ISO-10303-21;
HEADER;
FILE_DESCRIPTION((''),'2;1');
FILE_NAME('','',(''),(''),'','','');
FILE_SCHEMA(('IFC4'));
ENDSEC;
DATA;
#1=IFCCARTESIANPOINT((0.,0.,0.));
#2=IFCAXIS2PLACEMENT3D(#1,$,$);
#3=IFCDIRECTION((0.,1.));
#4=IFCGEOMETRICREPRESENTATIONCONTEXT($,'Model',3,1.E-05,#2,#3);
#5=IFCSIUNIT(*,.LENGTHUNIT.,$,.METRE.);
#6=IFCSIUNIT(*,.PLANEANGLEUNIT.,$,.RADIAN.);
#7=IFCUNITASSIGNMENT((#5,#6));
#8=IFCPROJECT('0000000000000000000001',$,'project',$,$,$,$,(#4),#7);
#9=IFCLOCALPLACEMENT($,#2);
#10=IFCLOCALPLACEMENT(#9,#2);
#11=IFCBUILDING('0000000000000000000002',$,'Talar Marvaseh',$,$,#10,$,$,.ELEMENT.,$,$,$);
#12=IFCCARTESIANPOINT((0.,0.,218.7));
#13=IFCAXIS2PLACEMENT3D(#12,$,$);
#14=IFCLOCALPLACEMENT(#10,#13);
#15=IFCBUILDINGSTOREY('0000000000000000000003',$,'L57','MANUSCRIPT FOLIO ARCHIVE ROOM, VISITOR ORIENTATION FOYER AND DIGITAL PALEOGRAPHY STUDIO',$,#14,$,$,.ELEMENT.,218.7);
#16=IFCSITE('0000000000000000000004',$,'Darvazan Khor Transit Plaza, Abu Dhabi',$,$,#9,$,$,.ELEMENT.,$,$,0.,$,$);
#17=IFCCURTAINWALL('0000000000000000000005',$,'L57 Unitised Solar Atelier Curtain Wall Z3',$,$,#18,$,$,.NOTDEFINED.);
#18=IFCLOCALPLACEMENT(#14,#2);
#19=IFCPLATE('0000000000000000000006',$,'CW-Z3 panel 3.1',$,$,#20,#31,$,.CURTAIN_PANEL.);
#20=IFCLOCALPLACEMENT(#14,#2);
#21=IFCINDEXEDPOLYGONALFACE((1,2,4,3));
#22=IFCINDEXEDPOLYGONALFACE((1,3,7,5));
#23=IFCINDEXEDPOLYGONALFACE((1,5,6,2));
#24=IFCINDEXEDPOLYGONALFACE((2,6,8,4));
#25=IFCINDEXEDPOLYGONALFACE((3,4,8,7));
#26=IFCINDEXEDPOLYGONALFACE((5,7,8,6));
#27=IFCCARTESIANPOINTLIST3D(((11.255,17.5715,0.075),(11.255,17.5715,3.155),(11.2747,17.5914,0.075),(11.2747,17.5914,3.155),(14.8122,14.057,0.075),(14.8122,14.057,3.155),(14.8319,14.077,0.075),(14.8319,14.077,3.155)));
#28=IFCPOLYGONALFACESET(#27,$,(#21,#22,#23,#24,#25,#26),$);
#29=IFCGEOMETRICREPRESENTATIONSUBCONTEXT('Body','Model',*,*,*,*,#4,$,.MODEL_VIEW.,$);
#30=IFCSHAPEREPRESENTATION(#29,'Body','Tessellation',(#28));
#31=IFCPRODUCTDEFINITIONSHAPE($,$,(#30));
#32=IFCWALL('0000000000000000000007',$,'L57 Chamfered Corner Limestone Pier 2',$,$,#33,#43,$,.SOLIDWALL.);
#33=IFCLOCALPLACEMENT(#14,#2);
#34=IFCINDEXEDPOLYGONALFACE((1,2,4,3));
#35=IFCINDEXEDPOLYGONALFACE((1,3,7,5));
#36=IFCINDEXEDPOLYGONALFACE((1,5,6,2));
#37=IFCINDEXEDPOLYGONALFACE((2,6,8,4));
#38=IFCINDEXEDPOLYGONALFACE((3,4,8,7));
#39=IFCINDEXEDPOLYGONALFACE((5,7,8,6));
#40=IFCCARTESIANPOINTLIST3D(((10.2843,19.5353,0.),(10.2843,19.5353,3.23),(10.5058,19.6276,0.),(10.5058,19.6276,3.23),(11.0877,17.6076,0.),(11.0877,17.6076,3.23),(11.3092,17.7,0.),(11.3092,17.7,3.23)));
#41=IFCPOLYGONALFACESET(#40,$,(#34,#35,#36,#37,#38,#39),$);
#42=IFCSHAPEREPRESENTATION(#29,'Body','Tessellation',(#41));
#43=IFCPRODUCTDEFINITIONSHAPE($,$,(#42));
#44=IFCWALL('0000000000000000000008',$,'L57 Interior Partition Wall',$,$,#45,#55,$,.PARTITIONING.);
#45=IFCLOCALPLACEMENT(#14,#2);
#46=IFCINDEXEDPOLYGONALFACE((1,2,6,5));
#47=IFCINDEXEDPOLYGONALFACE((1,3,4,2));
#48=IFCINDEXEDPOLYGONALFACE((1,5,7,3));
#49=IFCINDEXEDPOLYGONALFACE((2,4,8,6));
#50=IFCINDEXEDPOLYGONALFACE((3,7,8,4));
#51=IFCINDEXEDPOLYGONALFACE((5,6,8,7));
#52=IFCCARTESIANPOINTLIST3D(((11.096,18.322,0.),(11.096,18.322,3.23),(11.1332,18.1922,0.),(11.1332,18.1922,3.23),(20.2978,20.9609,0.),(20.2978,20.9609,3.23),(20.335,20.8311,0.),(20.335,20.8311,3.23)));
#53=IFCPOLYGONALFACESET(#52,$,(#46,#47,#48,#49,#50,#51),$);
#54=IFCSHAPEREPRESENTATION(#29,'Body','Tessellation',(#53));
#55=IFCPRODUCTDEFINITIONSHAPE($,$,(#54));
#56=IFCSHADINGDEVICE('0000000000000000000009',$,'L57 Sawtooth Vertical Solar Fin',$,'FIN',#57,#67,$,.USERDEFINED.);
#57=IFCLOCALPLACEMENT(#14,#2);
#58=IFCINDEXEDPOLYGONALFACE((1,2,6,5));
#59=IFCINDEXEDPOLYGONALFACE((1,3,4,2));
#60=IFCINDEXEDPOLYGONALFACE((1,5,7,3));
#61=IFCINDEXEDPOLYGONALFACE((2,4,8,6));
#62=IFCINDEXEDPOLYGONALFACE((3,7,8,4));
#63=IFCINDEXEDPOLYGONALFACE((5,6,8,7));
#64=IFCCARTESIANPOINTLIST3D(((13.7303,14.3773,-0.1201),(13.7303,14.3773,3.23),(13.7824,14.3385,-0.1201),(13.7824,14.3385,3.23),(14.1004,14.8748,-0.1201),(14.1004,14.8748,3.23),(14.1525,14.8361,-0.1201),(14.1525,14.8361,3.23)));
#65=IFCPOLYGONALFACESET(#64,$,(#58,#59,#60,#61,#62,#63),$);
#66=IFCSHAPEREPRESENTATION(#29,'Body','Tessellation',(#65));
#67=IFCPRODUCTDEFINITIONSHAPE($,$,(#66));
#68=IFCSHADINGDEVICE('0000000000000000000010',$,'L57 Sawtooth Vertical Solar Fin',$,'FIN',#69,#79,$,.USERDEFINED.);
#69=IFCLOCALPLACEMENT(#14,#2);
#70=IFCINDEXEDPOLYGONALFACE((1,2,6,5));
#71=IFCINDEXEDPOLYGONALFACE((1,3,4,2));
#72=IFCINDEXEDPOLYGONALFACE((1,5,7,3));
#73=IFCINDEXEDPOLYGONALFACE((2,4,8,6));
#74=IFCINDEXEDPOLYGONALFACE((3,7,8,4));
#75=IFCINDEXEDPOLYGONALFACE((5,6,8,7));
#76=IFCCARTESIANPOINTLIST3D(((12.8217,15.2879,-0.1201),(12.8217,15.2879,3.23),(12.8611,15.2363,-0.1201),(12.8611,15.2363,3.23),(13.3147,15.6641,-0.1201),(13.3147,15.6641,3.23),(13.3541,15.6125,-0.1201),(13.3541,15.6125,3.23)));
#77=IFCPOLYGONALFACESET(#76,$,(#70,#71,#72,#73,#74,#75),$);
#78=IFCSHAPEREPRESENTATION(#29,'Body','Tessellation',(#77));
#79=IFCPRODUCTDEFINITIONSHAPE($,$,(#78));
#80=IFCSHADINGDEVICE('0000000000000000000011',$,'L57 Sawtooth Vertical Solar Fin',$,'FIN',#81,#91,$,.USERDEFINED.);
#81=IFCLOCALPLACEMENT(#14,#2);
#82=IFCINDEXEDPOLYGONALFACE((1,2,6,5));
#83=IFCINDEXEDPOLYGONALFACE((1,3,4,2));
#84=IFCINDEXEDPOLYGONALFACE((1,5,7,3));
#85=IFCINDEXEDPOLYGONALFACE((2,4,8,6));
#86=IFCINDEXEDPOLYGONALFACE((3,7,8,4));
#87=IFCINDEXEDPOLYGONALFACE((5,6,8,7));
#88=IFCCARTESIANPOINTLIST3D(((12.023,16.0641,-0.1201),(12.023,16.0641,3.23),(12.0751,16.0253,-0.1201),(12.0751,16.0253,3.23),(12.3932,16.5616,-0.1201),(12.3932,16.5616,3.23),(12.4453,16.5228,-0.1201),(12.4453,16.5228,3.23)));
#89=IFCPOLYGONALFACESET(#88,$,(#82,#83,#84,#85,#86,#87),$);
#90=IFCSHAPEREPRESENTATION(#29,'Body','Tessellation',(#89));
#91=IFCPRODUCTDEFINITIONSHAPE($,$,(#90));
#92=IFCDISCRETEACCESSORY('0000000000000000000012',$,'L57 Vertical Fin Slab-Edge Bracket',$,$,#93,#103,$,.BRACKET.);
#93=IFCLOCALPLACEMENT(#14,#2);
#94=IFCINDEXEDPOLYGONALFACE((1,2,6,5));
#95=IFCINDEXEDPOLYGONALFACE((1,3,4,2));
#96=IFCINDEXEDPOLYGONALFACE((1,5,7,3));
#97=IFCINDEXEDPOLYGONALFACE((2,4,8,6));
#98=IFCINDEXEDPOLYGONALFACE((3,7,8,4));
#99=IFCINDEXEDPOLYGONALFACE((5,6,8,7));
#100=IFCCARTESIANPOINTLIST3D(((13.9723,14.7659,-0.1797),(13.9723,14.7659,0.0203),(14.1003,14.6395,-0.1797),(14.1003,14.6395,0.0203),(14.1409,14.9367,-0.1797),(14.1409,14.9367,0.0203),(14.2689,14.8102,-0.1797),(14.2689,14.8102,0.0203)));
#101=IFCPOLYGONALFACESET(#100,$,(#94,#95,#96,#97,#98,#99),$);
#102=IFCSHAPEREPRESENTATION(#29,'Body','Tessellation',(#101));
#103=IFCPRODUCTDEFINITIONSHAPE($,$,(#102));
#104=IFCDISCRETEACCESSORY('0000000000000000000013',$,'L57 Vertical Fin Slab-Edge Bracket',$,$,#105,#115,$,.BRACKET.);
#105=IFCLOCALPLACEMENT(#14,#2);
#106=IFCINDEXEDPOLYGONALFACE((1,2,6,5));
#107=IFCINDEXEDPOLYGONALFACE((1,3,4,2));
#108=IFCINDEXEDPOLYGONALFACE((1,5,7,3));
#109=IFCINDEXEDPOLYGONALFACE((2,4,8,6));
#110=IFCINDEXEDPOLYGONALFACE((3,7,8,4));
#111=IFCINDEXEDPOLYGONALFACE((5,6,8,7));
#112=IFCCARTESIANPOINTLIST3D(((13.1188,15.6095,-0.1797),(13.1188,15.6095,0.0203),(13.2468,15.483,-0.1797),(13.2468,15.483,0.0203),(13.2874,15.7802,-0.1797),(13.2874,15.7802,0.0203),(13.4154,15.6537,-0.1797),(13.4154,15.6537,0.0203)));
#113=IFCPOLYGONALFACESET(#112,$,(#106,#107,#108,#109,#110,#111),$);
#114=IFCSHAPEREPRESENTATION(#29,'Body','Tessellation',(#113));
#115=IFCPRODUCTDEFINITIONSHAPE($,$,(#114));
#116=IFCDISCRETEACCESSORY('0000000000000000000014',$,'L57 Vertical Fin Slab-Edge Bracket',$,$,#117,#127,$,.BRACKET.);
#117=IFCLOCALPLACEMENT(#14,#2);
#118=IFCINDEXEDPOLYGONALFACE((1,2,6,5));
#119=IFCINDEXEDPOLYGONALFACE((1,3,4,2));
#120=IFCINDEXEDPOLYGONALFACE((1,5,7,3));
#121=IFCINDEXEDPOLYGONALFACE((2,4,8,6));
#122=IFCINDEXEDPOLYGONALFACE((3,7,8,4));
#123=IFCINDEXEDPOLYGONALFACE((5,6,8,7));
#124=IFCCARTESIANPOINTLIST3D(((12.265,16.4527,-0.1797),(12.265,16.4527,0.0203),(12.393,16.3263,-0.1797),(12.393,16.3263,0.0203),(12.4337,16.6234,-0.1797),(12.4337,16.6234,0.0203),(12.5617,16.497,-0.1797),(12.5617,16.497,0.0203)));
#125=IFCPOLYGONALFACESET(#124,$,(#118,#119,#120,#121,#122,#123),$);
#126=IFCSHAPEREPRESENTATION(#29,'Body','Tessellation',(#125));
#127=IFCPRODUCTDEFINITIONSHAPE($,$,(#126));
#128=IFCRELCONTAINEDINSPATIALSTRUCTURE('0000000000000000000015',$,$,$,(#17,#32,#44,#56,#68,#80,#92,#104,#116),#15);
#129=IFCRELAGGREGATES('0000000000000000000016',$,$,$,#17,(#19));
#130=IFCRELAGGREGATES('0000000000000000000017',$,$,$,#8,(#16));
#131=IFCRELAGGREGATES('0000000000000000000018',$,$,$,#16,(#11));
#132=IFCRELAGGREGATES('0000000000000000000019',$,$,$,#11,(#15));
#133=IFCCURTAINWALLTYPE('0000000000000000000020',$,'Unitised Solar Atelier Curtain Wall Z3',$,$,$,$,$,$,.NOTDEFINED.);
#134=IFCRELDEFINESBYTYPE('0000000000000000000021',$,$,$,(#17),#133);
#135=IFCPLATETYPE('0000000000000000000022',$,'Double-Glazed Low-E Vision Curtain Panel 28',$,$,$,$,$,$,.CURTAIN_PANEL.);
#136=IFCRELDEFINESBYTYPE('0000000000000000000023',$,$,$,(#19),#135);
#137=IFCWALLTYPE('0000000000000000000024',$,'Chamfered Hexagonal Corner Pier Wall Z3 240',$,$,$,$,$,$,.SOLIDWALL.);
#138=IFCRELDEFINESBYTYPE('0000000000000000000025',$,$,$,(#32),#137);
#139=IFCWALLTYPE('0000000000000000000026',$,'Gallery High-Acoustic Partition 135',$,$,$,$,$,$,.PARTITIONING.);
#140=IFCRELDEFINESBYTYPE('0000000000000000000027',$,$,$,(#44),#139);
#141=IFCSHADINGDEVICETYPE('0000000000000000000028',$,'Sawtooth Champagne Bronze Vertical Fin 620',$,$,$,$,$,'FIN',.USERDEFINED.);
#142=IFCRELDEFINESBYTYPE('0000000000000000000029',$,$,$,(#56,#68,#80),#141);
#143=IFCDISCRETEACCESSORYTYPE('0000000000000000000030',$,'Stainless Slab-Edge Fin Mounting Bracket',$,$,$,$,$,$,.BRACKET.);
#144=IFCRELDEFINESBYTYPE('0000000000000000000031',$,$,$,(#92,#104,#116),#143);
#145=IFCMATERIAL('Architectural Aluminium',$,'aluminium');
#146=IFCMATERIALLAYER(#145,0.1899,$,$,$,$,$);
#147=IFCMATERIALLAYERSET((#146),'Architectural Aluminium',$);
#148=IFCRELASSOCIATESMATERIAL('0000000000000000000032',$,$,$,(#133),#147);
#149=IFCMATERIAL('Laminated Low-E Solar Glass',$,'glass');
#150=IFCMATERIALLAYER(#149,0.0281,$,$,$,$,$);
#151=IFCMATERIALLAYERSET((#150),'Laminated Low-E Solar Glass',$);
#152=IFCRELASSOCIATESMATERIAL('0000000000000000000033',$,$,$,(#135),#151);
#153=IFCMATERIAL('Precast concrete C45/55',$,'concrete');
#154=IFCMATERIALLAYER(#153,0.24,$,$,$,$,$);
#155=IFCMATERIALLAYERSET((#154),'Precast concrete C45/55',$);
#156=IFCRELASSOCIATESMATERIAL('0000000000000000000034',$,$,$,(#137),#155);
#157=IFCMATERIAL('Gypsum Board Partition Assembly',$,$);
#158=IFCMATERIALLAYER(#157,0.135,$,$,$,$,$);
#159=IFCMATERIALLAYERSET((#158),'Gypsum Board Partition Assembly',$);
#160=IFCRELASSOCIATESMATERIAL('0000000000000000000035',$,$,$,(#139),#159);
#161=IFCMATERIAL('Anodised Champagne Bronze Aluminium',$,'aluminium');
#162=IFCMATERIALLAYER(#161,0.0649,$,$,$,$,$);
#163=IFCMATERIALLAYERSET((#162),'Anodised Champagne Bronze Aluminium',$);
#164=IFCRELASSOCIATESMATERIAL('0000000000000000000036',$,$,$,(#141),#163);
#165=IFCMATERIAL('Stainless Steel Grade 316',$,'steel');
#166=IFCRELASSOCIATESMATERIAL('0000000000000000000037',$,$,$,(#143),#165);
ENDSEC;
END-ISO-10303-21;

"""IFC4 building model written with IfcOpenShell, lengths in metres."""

from ifc_helpers import new_model, si_unit, direction, frame, frame_2d, origin, origin_2d, place, context, subcontext, project, spatial, rectangle, extrude, source, transform, mapped, material, layer, layer_set, type_object, type_shapes, element, aggregate, save


model = new_model("IFC4")

# Units and contexts
model_context = context("Model", 3, precision=1e-05, world=origin(), true_north=direction((0.0, 1.0)))
body_context = subcontext(model_context, "Body", "Model", "MODEL_VIEW")
ifc_project = project(units=[si_unit("LENGTHUNIT", "METRE"), si_unit("PLANEANGLEUNIT", "RADIAN")], contexts=[model_context])

# Site, building, storey
site_placement = place(None, origin())
site = spatial("IfcSite", under=ifc_project, at=site_placement, Name="Darvazan Khor Transit Plaza, Abu Dhabi", CompositionType="ELEMENT", RefElevation=0.0)
building_placement = place(site_placement, origin())
building = spatial("IfcBuilding", under=site, at=building_placement, Name="Talar Marvaseh", CompositionType="ELEMENT")
storey_placement = place(building_placement, frame((0.0, 0.0, 218.7)))
storey = spatial("IfcBuildingStorey", under=building, at=storey_placement, Name="L57", Description="MANUSCRIPT FOLIO ARCHIVE ROOM, VISITOR ORIENTATION FOYER AND DIGITAL PALEOGRAPHY STUDIO", CompositionType="ELEMENT", Elevation=218.7)

# Curtain wall
ifc_material_1 = material(Name="Architectural Aluminium", Category="aluminium")
ifc_layer_1 = layer(ifc_material_1, 0.1899)
ifc_layer_set_1 = layer_set([ifc_layer_1], Name="Architectural Aluminium")
curtain_wall_type = type_object("IfcCurtainWallType", Name="Unitised Solar Atelier Curtain Wall Z3", PredefinedType="NOTDEFINED", material=ifc_layer_set_1)
curtain_wall_1_placement = place(storey_placement, origin())
curtain_wall_1 = element("IfcCurtainWall", 1, at=curtain_wall_1_placement, inside=storey, type_object=curtain_wall_type, Name="L57 Unitised Solar Atelier Curtain Wall Z3", PredefinedType="NOTDEFINED")

# Plate
ifc_material_2 = material(Name="Laminated Low-E Solar Glass", Category="glass")
ifc_layer_2 = layer(ifc_material_2, 0.0281)
ifc_layer_set_2 = layer_set([ifc_layer_2], Name="Laminated Low-E Solar Glass")
plate_type = type_object("IfcPlateType", Name="Double-Glazed Low-E Vision Curtain Panel 28", PredefinedType="CURTAIN_PANEL", material=ifc_layer_set_2)
shared_shape_1 = source(origin(), body_context, "Body", "SweptSolid", [
    extrude(rectangle(XDim=5.0005, YDim=0.0281, at=origin_2d()), origin(), (0.0, 0.0, 1.0), 3.0801),
])
type_shapes(plate_type, [shared_shape_1])
plate_placement = place(storey_placement, frame((13.0435, 15.8242, 0.075), z_axis=(0.0, 0.0, 1.0), x_axis=(-0.711364, 0.702824, 0.0)))
plate = element("IfcPlate", 2, at=plate_placement, type_object=plate_type, Name="CW-Z3 panel 3.1", PredefinedType="CURTAIN_PANEL", context=body_context, shape_type="MappedRepresentation", body=[
    mapped(shared_shape_1, transform((0.0, 0.0, 0.0), x_axis=(1.0, 0.0, 0.0), y_axis=(0.0, 1.0, 0.0), z_axis=(0.0, 0.0, 1.0), scale=1.0)),
])
aggregate(curtain_wall_1, [plate])

# Wall
ifc_material_3 = material(Name="Precast concrete C45/55", Category="concrete")
ifc_layer_3 = layer(ifc_material_3, 0.24)
ifc_layer_set_3 = layer_set([ifc_layer_3], Name="Precast concrete C45/55")
wall_type_1 = type_object("IfcWallType", Name="Chamfered Hexagonal Corner Pier Wall Z3 240", PredefinedType="SOLIDWALL", material=ifc_layer_set_3)
wall_1_placement = place(storey_placement, frame((11.1985, 17.6538, 0.0), z_axis=(0.0, 0.0, 1.0), x_axis=(-0.384715, 0.923035, 0.0)))
element("IfcWall", 3, at=wall_1_placement, inside=storey, type_object=wall_type_1, Name="L57 Chamfered Corner Limestone Pier 2", PredefinedType="SOLIDWALL", context=body_context, shape_type="SweptSolid", body=[
    extrude(rectangle(XDim=2.0884, YDim=0.24, at=frame_2d((1.0442, 0.0))), origin(), (0.0, 0.0, 1.0), 3.23),
])

# Shared definitions
ifc_material_4 = material(Name="Gypsum Board Partition Assembly")

# Wall
ifc_layer_4 = layer(ifc_material_4, 0.135)
ifc_layer_set_4 = layer_set([ifc_layer_4], Name="Gypsum Board Partition Assembly")
wall_type_2 = type_object("IfcWallType", Name="Gallery High-Acoustic Partition 135", PredefinedType="PARTITIONING", material=ifc_layer_set_4)
wall_2_placement = place(storey_placement, frame((20.3164, 20.896, 0.0), z_axis=(0.0, 0.0, 1.0), x_axis=(-0.961253, -0.275668, 0.0)))
element("IfcWall", 4, at=wall_2_placement, inside=storey, type_object=wall_type_2, Name="L57 Interior Partition Wall", PredefinedType="PARTITIONING", context=body_context, shape_type="SweptSolid", body=[
    extrude(rectangle(XDim=9.5728, YDim=0.135, at=frame_2d((4.7864, 0.0))), origin(), (0.0, 0.0, 1.0), 3.23),
])

# Shading devices
ifc_material_5 = material(Name="Anodised Champagne Bronze Aluminium", Category="aluminium")
ifc_layer_5 = layer(ifc_material_5, 0.0649)
ifc_layer_set_5 = layer_set([ifc_layer_5], Name="Anodised Champagne Bronze Aluminium")
shading_device_type = type_object("IfcShadingDeviceType", Name="Sawtooth Champagne Bronze Vertical Fin 620", ElementType="FIN", PredefinedType="USERDEFINED", material=ifc_layer_set_5)
shared_shape_2 = source(origin(), body_context, "Body", "SweptSolid", [
    extrude(rectangle(XDim=0.6201, YDim=0.0649, at=origin_2d()), origin(), (0.0, 0.0, 1.0), 3.3501),
])
type_shapes(shading_device_type, [shared_shape_2])
for number, where, z_axis, x_axis, name in (
    (5, (13.9414, 14.6067, -0.1201), (0.0, 0.0, 1.0), (-0.596925, -0.802297, 0.0), "L57 Sawtooth Vertical Solar Fin"),
    (6, (13.0879, 15.4502, -0.1201), (0.0, 0.0, 1.0), (-0.794944, -0.606682, 0.0), "L57 Sawtooth Vertical Solar Fin"),
    (7, (12.2341, 16.2935, -0.1201), (0.0, 0.0, 1.0), (-0.596925, -0.802297, 0.0), "L57 Sawtooth Vertical Solar Fin"),
):
    element("IfcShadingDevice", number, at=place(storey_placement, frame(where, z_axis=z_axis, x_axis=x_axis)), inside=storey, type_object=shading_device_type, Name=name, ObjectType="FIN", PredefinedType="USERDEFINED", context=body_context, shape_type="MappedRepresentation", body=[
        mapped(shared_shape_2, transform((0.0, 0.0, 0.0), x_axis=(1.0, 0.0, 0.0), y_axis=(0.0, 1.0, 0.0), z_axis=(0.0, 0.0, 1.0), scale=1.0)),
    ])

# Discrete accessories
ifc_material_6 = material(Name="Stainless Steel Grade 316", Category="steel")
discrete_accessory_type = type_object("IfcDiscreteAccessoryType", Name="Stainless Slab-Edge Fin Mounting Bracket", PredefinedType="BRACKET", material=ifc_material_6)
shared_shape_3 = source(origin(), body_context, "Body", "SweptSolid", [
    extrude(rectangle(XDim=0.24, YDim=0.1799, at=origin_2d()), origin(), (0.0, 0.0, 1.0), 0.2),
])
type_shapes(discrete_accessory_type, [shared_shape_3])
for number, where, z_axis, x_axis, name in (
    (8, (14.1206, 14.7881, -0.1797), (0.0, 0.0, 1.0), (-0.702774, -0.711413, 0.0), "L57 Vertical Fin Slab-Edge Bracket"),
    (9, (13.2671, 15.6316, -0.1797), (0.0, 0.0, 1.0), (-0.702774, -0.711413, 0.0), "L57 Vertical Fin Slab-Edge Bracket"),
    (10, (12.4133, 16.4749, -0.1797), (0.0, 0.0, 1.0), (-0.702774, -0.711413, 0.0), "L57 Vertical Fin Slab-Edge Bracket"),
):
    element("IfcDiscreteAccessory", number, at=place(storey_placement, frame(where, z_axis=z_axis, x_axis=x_axis)), inside=storey, type_object=discrete_accessory_type, Name=name, PredefinedType="BRACKET", context=body_context, shape_type="MappedRepresentation", body=[
        mapped(shared_shape_3, transform((0.0, 0.0, 0.0), x_axis=(1.0, 0.0, 0.0), y_axis=(0.0, 1.0, 0.0), z_axis=(0.0, 0.0, 1.0), scale=1.0)),
    ])

save(model, "model.ifc")
